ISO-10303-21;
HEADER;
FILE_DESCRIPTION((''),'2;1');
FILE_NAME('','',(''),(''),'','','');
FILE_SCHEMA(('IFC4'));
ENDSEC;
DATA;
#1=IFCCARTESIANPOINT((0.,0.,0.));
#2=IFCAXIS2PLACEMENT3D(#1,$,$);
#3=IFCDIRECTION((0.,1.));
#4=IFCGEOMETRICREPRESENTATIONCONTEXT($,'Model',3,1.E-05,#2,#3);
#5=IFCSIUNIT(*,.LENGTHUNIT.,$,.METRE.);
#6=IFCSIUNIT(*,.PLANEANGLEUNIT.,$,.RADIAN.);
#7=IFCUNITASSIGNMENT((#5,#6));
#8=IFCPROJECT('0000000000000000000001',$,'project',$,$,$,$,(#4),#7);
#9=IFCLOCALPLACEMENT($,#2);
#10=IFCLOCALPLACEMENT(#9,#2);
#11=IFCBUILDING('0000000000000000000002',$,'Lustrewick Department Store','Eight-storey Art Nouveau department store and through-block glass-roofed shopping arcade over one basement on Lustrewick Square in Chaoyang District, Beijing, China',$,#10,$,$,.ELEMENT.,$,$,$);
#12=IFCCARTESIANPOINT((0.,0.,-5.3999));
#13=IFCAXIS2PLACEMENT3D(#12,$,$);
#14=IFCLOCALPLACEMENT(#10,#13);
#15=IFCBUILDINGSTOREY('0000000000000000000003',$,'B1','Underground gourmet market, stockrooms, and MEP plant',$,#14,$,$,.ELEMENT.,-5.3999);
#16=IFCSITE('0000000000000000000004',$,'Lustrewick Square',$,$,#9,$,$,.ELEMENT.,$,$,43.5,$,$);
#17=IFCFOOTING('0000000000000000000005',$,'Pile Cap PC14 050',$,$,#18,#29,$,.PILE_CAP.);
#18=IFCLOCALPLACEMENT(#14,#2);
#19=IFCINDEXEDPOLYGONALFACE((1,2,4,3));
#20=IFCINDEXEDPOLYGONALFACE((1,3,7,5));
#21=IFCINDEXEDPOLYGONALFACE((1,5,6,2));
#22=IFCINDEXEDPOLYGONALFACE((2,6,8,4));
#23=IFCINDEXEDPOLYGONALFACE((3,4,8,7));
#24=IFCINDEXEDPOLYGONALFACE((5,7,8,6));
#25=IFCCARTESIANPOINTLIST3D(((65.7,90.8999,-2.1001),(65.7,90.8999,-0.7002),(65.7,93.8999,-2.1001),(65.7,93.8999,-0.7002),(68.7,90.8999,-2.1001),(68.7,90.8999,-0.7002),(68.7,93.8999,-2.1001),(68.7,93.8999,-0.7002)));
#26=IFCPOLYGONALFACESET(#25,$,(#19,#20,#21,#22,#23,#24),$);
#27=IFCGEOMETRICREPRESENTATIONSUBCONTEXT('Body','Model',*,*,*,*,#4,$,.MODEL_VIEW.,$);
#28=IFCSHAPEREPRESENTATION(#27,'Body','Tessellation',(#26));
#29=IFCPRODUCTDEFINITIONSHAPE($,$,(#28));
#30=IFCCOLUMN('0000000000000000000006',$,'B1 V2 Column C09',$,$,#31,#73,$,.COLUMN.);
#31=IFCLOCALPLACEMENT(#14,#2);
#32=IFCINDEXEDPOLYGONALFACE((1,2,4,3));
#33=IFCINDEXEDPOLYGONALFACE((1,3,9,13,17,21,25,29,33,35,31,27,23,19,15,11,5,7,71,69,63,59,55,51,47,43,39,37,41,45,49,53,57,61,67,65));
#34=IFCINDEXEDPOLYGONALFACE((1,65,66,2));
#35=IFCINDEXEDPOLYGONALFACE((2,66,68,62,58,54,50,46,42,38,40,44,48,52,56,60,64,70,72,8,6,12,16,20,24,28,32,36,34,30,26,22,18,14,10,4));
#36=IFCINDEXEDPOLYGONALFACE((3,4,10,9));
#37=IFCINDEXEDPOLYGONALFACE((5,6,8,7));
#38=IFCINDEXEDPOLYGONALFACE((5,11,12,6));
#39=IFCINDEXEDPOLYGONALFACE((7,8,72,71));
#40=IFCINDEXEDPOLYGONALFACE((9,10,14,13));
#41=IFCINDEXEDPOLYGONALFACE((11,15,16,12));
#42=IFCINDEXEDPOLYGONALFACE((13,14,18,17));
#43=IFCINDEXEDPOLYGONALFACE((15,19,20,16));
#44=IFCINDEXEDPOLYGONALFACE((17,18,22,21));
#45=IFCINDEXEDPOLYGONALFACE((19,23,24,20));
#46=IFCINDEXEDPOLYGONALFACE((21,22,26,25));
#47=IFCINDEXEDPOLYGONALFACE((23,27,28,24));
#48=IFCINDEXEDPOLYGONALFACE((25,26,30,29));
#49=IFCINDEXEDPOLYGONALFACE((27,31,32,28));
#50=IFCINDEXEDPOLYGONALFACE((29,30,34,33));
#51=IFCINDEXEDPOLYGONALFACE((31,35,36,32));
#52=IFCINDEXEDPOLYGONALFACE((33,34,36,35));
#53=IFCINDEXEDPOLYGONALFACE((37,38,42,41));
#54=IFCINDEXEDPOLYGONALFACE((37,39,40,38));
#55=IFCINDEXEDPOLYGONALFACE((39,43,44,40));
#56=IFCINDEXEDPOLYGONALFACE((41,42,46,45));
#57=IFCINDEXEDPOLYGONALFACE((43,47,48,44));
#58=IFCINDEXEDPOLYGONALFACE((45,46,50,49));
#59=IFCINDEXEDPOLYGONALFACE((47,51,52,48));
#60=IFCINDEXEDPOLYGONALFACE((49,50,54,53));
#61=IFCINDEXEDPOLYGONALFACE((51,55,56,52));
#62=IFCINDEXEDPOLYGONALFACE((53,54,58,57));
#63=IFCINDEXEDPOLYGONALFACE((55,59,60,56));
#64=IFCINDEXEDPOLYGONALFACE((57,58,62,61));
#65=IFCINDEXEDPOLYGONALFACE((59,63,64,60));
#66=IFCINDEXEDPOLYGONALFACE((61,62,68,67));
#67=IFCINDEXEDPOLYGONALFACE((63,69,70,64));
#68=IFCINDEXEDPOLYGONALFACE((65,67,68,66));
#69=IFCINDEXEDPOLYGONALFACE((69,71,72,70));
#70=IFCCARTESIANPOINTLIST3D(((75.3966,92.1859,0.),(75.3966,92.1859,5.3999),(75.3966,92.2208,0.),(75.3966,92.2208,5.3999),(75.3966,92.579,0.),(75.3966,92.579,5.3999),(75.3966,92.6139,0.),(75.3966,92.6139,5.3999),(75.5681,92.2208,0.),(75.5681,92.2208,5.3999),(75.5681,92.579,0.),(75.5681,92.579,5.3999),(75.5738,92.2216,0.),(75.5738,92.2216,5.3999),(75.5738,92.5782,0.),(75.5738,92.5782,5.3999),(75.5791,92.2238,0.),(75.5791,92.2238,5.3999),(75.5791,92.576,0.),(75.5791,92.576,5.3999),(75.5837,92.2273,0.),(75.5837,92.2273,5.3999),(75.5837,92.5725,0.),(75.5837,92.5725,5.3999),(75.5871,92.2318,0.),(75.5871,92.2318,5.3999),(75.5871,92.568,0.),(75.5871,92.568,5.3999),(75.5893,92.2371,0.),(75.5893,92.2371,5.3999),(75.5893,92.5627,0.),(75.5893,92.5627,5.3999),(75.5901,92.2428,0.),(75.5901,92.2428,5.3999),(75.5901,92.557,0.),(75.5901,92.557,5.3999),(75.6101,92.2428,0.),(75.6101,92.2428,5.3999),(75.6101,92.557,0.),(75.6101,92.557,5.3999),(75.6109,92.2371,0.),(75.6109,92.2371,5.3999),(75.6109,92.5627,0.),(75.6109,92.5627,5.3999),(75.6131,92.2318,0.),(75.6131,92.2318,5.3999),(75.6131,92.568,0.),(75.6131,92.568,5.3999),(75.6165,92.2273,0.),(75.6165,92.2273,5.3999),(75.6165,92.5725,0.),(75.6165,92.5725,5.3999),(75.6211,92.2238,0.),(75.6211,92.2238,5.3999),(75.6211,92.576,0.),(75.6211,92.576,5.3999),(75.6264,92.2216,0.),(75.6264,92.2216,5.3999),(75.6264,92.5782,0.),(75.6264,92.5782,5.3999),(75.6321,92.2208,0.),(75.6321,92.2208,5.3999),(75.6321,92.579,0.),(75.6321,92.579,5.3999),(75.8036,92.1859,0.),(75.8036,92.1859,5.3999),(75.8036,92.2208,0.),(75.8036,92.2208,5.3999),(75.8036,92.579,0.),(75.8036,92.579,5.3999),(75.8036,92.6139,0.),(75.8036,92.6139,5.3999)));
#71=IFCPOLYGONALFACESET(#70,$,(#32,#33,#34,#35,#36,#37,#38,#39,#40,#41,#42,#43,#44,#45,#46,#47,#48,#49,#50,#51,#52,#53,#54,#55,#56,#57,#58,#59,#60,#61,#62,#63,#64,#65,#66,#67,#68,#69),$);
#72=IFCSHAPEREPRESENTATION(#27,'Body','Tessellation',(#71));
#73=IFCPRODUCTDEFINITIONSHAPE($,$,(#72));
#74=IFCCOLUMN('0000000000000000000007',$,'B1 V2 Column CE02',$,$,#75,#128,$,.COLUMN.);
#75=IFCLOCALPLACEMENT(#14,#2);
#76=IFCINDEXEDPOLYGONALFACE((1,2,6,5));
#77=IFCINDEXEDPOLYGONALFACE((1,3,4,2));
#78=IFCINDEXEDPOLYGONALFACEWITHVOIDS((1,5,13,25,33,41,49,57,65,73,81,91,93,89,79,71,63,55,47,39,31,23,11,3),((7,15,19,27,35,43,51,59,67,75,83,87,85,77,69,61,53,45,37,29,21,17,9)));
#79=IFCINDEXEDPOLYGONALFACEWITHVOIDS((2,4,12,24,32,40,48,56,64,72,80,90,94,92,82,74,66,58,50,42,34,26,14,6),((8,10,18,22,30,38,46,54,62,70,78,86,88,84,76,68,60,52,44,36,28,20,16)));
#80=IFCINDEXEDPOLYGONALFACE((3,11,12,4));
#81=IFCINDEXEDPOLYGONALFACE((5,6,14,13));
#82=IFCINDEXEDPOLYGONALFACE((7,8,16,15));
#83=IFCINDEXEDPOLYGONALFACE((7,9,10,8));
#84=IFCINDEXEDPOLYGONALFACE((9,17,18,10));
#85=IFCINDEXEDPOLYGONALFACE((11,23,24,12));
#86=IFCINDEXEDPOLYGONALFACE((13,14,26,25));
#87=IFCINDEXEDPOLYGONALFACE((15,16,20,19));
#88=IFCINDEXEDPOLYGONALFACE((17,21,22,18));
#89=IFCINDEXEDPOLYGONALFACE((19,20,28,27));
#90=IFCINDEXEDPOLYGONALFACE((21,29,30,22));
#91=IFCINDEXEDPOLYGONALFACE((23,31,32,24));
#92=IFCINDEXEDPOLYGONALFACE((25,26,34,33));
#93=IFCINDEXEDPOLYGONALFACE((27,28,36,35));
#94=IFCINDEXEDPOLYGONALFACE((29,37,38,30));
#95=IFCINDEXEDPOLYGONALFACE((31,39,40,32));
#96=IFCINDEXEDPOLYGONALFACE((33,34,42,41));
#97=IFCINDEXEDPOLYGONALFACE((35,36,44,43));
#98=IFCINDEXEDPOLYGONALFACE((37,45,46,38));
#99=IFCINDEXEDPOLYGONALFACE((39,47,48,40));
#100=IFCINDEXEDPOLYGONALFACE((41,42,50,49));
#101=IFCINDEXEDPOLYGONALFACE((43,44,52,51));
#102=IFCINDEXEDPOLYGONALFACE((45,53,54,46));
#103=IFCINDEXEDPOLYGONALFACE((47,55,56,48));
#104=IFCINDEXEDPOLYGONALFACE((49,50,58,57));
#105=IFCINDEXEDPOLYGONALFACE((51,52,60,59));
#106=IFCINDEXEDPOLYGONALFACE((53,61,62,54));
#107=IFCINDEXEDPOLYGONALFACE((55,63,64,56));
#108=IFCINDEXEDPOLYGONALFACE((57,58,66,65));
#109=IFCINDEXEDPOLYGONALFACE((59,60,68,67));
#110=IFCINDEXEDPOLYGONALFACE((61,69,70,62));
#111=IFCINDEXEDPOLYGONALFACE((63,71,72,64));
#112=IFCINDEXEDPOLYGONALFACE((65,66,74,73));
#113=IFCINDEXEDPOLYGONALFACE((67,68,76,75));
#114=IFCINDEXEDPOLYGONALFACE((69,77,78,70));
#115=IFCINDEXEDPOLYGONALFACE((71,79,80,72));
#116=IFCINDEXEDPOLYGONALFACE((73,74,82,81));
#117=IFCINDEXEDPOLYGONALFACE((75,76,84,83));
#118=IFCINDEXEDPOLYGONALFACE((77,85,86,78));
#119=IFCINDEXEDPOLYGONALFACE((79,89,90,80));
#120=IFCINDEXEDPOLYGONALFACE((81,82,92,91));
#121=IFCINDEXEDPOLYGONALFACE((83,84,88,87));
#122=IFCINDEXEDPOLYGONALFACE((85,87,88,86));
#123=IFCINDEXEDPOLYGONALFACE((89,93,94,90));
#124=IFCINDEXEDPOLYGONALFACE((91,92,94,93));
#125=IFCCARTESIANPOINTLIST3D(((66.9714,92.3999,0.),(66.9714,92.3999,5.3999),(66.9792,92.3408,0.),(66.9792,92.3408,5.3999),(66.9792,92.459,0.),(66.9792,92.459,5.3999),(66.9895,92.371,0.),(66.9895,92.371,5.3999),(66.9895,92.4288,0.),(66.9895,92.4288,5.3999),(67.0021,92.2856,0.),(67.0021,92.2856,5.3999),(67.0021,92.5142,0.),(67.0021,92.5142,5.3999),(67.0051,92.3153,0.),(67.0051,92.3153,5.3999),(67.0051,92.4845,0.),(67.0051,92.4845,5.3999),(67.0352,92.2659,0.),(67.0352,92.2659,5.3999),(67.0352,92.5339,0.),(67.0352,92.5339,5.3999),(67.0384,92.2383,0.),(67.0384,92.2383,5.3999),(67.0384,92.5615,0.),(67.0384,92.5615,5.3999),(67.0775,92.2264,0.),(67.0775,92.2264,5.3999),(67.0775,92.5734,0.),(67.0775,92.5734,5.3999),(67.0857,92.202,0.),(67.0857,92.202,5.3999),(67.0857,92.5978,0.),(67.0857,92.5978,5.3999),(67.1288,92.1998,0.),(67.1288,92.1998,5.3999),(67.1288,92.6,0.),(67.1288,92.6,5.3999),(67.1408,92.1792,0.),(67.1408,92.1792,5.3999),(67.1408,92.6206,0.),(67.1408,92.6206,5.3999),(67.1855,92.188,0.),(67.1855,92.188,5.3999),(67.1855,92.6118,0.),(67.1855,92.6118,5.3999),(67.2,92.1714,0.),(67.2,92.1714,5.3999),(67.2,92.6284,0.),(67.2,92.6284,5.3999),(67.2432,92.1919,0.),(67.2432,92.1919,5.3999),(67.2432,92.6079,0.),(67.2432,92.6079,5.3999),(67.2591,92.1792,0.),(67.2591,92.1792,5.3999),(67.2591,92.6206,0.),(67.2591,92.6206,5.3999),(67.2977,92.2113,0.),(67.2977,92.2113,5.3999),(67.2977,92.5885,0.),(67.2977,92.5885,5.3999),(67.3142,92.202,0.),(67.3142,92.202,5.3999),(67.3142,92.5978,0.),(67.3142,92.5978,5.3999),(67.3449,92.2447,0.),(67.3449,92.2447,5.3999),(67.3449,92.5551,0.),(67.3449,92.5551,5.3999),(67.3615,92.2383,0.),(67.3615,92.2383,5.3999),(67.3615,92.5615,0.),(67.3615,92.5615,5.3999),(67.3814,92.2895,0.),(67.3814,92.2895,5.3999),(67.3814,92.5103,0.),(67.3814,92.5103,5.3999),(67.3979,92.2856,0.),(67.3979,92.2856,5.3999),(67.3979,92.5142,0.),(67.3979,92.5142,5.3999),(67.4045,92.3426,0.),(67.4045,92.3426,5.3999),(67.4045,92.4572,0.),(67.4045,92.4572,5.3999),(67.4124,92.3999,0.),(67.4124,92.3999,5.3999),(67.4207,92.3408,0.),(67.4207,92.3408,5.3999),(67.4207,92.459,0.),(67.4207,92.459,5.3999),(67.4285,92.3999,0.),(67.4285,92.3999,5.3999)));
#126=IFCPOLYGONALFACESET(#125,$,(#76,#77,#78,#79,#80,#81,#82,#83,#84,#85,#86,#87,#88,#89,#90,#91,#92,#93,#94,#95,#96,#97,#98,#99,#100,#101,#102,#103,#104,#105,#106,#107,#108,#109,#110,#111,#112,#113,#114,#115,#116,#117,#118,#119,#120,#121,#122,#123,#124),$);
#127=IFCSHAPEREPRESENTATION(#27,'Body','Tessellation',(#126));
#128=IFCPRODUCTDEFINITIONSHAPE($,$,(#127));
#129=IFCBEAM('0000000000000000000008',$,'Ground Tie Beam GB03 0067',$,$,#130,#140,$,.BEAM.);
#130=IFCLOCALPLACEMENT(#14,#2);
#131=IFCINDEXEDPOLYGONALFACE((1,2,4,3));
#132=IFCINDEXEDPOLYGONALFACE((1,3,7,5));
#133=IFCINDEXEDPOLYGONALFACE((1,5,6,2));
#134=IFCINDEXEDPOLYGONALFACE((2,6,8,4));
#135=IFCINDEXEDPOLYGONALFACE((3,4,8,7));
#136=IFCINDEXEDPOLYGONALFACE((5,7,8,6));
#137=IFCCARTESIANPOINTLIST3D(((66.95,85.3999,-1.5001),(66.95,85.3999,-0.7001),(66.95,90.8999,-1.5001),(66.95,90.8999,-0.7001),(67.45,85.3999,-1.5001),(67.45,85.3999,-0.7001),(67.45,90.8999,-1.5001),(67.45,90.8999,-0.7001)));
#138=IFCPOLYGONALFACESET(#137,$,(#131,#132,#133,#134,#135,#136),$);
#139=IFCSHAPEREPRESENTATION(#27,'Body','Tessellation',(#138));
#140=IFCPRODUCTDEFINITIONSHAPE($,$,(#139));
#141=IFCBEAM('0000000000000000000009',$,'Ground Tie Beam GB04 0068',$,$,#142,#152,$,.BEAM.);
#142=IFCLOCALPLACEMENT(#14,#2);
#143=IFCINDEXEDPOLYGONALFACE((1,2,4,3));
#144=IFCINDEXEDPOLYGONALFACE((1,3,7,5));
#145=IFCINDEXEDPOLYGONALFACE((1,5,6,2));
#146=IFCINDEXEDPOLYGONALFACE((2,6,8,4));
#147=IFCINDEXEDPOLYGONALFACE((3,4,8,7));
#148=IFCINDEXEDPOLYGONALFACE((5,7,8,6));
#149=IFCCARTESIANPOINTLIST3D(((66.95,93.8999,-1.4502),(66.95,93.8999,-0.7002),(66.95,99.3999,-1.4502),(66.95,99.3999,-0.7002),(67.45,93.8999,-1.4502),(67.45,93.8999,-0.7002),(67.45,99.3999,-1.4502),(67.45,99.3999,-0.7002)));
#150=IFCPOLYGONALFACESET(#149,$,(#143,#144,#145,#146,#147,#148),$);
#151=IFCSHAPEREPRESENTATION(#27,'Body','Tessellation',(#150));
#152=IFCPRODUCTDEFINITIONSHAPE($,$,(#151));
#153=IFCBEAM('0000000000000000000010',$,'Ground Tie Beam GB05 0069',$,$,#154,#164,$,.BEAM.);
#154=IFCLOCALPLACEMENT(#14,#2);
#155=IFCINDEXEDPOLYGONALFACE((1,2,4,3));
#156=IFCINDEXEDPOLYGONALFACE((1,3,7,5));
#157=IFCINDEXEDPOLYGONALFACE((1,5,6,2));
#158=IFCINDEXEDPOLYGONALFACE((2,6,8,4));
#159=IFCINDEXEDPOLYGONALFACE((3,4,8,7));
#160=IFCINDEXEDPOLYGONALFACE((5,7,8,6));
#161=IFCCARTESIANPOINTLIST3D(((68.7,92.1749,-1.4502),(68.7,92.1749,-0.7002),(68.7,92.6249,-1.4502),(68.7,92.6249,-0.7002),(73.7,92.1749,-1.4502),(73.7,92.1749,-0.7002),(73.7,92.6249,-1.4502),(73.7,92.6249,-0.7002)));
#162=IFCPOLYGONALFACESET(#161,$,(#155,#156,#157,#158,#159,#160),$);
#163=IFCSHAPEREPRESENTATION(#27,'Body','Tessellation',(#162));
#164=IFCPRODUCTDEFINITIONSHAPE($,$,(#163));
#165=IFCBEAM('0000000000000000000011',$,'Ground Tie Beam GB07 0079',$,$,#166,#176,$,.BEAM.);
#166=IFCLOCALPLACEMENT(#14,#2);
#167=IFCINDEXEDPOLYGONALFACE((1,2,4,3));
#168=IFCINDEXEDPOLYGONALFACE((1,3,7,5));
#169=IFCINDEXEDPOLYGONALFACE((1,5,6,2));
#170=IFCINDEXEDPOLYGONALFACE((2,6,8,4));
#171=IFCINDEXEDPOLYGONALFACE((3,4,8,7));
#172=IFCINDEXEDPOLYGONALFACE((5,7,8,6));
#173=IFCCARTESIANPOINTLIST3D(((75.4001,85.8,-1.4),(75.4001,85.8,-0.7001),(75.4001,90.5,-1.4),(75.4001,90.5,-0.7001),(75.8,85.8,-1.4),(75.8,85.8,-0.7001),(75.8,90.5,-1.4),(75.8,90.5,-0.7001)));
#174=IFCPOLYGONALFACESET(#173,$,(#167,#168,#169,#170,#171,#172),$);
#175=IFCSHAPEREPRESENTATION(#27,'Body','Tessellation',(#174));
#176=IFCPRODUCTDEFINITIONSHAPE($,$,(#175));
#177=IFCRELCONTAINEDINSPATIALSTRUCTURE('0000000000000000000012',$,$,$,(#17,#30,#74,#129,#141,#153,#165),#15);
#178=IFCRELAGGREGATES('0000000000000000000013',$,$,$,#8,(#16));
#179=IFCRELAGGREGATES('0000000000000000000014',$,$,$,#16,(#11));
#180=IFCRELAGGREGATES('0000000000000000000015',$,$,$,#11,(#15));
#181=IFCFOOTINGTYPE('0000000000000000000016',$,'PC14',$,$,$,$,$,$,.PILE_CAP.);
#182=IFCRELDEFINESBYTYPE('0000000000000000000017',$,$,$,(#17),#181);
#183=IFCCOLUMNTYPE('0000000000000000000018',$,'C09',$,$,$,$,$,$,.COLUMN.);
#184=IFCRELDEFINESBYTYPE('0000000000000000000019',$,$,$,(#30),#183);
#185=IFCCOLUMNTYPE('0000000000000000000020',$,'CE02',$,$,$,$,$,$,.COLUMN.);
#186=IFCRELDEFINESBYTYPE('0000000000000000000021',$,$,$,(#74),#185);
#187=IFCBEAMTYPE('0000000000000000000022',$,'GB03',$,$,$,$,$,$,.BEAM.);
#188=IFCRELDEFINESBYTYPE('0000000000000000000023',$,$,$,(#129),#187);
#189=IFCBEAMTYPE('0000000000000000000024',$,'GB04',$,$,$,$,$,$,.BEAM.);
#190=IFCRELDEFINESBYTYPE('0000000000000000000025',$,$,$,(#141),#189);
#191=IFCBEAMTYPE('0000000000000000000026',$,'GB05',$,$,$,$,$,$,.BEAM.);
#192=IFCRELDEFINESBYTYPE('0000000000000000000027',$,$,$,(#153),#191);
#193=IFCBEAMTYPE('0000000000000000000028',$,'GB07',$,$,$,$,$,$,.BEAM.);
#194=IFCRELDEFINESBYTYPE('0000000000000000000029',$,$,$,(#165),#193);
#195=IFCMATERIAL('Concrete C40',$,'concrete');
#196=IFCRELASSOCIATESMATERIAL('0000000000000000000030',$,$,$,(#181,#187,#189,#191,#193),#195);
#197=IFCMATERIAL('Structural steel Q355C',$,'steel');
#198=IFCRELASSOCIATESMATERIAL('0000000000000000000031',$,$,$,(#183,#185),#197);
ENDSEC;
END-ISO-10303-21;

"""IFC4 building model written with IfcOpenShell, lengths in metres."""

from ifc_helpers import new_model, si_unit, direction, frame, origin, origin_2d, place, context, subcontext, project, spatial, rectangle, hollow_circle, i_section, extrude, material, material_profile, profile_set, type_object, element, save


model = new_model("IFC4")

# Units and contexts
model_context = context("Model", 3, precision=1e-05, world=origin(), true_north=direction((0.0, 1.0)))
body_context = subcontext(model_context, "Body", "Model", "MODEL_VIEW")
ifc_project = project(units=[si_unit("LENGTHUNIT", "METRE"), si_unit("PLANEANGLEUNIT", "RADIAN")], contexts=[model_context])

# Site, building, storey
site_placement = place(None, origin())
site = spatial("IfcSite", under=ifc_project, at=site_placement, Name="Lustrewick Square", CompositionType="ELEMENT", RefElevation=43.5)
building_placement = place(site_placement, origin())
building = spatial("IfcBuilding", under=site, at=building_placement, Name="Lustrewick Department Store", Description="Eight-storey Art Nouveau department store and through-block glass-roofed shopping arcade over one basement on Lustrewick Square in Chaoyang District, Beijing, China", CompositionType="ELEMENT")
storey_placement = place(building_placement, frame((0.0, 0.0, -5.3999)))
storey = spatial("IfcBuildingStorey", under=building, at=storey_placement, Name="B1", Description="Underground gourmet market, stockrooms, and MEP plant", CompositionType="ELEMENT", Elevation=-5.3999)

# Shared definitions
ifc_material_1 = material(Name="Concrete C40", Category="concrete")

# Footing
footing_type_1 = type_object("IfcFootingType", Name="PC14", PredefinedType="PILE_CAP", material=ifc_material_1)
footing_1_placement = place(storey_placement, frame((67.2, 92.3999, -2.1001), z_axis=(0.0, 0.0, 1.0), x_axis=(1.0, 0.0, 0.0)))
element("IfcFooting", 1, at=footing_1_placement, inside=storey, type_object=footing_type_1, Name="Pile Cap PC14 050", PredefinedType="PILE_CAP", context=body_context, shape_type="SweptSolid", body=[
    extrude(rectangle(XDim=3.0, YDim=3.0, at=origin_2d()), origin(), (0.0, 0.0, 1.0), 1.3999),
])

# Columns
ifc_material_2 = material(Name="Structural steel Q355C", Category="steel")
ifc_material_profile_1 = material_profile(ifc_material_2, i_section(OverallWidth=0.407, OverallDepth=0.428, WebThickness=0.02, FlangeThickness=0.0349, FilletRadius=0.022, at=origin_2d()), Name="HW 428x407x20x35")
ifc_profile_set_1 = profile_set([ifc_material_profile_1], Name="Structural steel Q355C")
column_type_1 = type_object("IfcColumnType", Name="C09", PredefinedType="COLUMN", material=ifc_profile_set_1)
column_1_placement = place(storey_placement, frame((75.6001, 92.3999, 0.0), z_axis=(0.0, 0.0, 1.0), x_axis=(1.0, 0.0, 0.0)))
element("IfcColumn", 2, at=column_1_placement, inside=storey, type_object=column_type_1, Name="B1 V2 Column C09", PredefinedType="COLUMN", context=body_context, shape_type="SweptSolid", body=[
    extrude(i_section(OverallWidth=0.407, OverallDepth=0.428, WebThickness=0.02, FlangeThickness=0.0349, FilletRadius=0.022, at=origin_2d()), origin(), (0.0, 0.0, 1.0), 5.3999),
])
ifc_material_profile_2 = material_profile(ifc_material_2, hollow_circle(Radius=0.2285, WallThickness=0.0161, at=origin_2d()), Name="CHS 457x16")
ifc_profile_set_2 = profile_set([ifc_material_profile_2], Name="Structural steel Q355C")
column_type_2 = type_object("IfcColumnType", Name="CE02", PredefinedType="COLUMN", material=ifc_profile_set_2)
column_2_placement = place(storey_placement, frame((67.2, 92.3999, 0.0), z_axis=(0.0, 0.0, 1.0), x_axis=(1.0, 0.0, 0.0)))
element("IfcColumn", 3, at=column_2_placement, inside=storey, type_object=column_type_2, Name="B1 V2 Column CE02", PredefinedType="COLUMN", context=body_context, shape_type="SweptSolid", body=[
    extrude(hollow_circle(Radius=0.2285, WallThickness=0.0161, at=origin_2d()), origin(), (0.0, 0.0, 1.0), 5.3999),
])

# Beams
ifc_material_profile_3 = material_profile(ifc_material_1, rectangle(XDim=0.5, YDim=0.8, at=origin_2d()), Name="RC 500x800")
ifc_profile_set_3 = profile_set([ifc_material_profile_3], Name="Concrete C40")
beam_type_1 = type_object("IfcBeamType", Name="GB03", PredefinedType="BEAM", material=ifc_profile_set_3)
beam_1_placement = place(storey_placement, frame((67.2, 85.3999, -1.1001), z_axis=(0.0, 1.0, 0.0), x_axis=(-1.0, 0.0, 0.0)))
element("IfcBeam", 4, at=beam_1_placement, inside=storey, type_object=beam_type_1, Name="Ground Tie Beam GB03 0067", PredefinedType="BEAM", context=body_context, shape_type="SweptSolid", body=[
    extrude(rectangle(XDim=0.5, YDim=0.8, at=origin_2d()), origin(), (0.0, 0.0, 1.0), 5.5),
])
ifc_material_profile_4 = material_profile(ifc_material_1, rectangle(XDim=0.5, YDim=0.75, at=origin_2d()), Name="RC 500x750")
ifc_profile_set_4 = profile_set([ifc_material_profile_4], Name="Concrete C40")
beam_type_2 = type_object("IfcBeamType", Name="GB04", PredefinedType="BEAM", material=ifc_profile_set_4)
beam_2_placement = place(storey_placement, frame((67.2, 93.8999, -1.0752), z_axis=(0.0, 1.0, 0.0), x_axis=(-1.0, 0.0, 0.0)))
element("IfcBeam", 5, at=beam_2_placement, inside=storey, type_object=beam_type_2, Name="Ground Tie Beam GB04 0068", PredefinedType="BEAM", context=body_context, shape_type="SweptSolid", body=[
    extrude(rectangle(XDim=0.5, YDim=0.75, at=origin_2d()), origin(), (0.0, 0.0, 1.0), 5.5),
])
ifc_material_profile_5 = material_profile(ifc_material_1, rectangle(XDim=0.45, YDim=0.75, at=origin_2d()), Name="RC 450x750")
ifc_profile_set_5 = profile_set([ifc_material_profile_5], Name="Concrete C40")
beam_type_3 = type_object("IfcBeamType", Name="GB05", PredefinedType="BEAM", material=ifc_profile_set_5)
beam_3_placement = place(storey_placement, frame((68.7, 92.3999, -1.0752), z_axis=(1.0, 0.0, 0.0), x_axis=(0.0, 1.0, 0.0)))
element("IfcBeam", 6, at=beam_3_placement, inside=storey, type_object=beam_type_3, Name="Ground Tie Beam GB05 0069", PredefinedType="BEAM", context=body_context, shape_type="SweptSolid", body=[
    extrude(rectangle(XDim=0.45, YDim=0.75, at=origin_2d()), origin(), (0.0, 0.0, 1.0), 5.0),
])
ifc_material_profile_6 = material_profile(ifc_material_1, rectangle(XDim=0.3999, YDim=0.7, at=origin_2d()), Name="RC 400x700")
ifc_profile_set_6 = profile_set([ifc_material_profile_6], Name="Concrete C40")
beam_type_4 = type_object("IfcBeamType", Name="GB07", PredefinedType="BEAM", material=ifc_profile_set_6)
beam_4_placement = place(storey_placement, frame((75.6001, 85.8, -1.05), z_axis=(0.0, 1.0, 0.0), x_axis=(-1.0, 0.0, 0.0)))
element("IfcBeam", 7, at=beam_4_placement, inside=storey, type_object=beam_type_4, Name="Ground Tie Beam GB07 0079", PredefinedType="BEAM", context=body_context, shape_type="SweptSolid", body=[
    extrude(rectangle(XDim=0.3999, YDim=0.7, at=origin_2d()), origin(), (0.0, 0.0, 1.0), 4.7),
])

save(model, "model.ifc")
